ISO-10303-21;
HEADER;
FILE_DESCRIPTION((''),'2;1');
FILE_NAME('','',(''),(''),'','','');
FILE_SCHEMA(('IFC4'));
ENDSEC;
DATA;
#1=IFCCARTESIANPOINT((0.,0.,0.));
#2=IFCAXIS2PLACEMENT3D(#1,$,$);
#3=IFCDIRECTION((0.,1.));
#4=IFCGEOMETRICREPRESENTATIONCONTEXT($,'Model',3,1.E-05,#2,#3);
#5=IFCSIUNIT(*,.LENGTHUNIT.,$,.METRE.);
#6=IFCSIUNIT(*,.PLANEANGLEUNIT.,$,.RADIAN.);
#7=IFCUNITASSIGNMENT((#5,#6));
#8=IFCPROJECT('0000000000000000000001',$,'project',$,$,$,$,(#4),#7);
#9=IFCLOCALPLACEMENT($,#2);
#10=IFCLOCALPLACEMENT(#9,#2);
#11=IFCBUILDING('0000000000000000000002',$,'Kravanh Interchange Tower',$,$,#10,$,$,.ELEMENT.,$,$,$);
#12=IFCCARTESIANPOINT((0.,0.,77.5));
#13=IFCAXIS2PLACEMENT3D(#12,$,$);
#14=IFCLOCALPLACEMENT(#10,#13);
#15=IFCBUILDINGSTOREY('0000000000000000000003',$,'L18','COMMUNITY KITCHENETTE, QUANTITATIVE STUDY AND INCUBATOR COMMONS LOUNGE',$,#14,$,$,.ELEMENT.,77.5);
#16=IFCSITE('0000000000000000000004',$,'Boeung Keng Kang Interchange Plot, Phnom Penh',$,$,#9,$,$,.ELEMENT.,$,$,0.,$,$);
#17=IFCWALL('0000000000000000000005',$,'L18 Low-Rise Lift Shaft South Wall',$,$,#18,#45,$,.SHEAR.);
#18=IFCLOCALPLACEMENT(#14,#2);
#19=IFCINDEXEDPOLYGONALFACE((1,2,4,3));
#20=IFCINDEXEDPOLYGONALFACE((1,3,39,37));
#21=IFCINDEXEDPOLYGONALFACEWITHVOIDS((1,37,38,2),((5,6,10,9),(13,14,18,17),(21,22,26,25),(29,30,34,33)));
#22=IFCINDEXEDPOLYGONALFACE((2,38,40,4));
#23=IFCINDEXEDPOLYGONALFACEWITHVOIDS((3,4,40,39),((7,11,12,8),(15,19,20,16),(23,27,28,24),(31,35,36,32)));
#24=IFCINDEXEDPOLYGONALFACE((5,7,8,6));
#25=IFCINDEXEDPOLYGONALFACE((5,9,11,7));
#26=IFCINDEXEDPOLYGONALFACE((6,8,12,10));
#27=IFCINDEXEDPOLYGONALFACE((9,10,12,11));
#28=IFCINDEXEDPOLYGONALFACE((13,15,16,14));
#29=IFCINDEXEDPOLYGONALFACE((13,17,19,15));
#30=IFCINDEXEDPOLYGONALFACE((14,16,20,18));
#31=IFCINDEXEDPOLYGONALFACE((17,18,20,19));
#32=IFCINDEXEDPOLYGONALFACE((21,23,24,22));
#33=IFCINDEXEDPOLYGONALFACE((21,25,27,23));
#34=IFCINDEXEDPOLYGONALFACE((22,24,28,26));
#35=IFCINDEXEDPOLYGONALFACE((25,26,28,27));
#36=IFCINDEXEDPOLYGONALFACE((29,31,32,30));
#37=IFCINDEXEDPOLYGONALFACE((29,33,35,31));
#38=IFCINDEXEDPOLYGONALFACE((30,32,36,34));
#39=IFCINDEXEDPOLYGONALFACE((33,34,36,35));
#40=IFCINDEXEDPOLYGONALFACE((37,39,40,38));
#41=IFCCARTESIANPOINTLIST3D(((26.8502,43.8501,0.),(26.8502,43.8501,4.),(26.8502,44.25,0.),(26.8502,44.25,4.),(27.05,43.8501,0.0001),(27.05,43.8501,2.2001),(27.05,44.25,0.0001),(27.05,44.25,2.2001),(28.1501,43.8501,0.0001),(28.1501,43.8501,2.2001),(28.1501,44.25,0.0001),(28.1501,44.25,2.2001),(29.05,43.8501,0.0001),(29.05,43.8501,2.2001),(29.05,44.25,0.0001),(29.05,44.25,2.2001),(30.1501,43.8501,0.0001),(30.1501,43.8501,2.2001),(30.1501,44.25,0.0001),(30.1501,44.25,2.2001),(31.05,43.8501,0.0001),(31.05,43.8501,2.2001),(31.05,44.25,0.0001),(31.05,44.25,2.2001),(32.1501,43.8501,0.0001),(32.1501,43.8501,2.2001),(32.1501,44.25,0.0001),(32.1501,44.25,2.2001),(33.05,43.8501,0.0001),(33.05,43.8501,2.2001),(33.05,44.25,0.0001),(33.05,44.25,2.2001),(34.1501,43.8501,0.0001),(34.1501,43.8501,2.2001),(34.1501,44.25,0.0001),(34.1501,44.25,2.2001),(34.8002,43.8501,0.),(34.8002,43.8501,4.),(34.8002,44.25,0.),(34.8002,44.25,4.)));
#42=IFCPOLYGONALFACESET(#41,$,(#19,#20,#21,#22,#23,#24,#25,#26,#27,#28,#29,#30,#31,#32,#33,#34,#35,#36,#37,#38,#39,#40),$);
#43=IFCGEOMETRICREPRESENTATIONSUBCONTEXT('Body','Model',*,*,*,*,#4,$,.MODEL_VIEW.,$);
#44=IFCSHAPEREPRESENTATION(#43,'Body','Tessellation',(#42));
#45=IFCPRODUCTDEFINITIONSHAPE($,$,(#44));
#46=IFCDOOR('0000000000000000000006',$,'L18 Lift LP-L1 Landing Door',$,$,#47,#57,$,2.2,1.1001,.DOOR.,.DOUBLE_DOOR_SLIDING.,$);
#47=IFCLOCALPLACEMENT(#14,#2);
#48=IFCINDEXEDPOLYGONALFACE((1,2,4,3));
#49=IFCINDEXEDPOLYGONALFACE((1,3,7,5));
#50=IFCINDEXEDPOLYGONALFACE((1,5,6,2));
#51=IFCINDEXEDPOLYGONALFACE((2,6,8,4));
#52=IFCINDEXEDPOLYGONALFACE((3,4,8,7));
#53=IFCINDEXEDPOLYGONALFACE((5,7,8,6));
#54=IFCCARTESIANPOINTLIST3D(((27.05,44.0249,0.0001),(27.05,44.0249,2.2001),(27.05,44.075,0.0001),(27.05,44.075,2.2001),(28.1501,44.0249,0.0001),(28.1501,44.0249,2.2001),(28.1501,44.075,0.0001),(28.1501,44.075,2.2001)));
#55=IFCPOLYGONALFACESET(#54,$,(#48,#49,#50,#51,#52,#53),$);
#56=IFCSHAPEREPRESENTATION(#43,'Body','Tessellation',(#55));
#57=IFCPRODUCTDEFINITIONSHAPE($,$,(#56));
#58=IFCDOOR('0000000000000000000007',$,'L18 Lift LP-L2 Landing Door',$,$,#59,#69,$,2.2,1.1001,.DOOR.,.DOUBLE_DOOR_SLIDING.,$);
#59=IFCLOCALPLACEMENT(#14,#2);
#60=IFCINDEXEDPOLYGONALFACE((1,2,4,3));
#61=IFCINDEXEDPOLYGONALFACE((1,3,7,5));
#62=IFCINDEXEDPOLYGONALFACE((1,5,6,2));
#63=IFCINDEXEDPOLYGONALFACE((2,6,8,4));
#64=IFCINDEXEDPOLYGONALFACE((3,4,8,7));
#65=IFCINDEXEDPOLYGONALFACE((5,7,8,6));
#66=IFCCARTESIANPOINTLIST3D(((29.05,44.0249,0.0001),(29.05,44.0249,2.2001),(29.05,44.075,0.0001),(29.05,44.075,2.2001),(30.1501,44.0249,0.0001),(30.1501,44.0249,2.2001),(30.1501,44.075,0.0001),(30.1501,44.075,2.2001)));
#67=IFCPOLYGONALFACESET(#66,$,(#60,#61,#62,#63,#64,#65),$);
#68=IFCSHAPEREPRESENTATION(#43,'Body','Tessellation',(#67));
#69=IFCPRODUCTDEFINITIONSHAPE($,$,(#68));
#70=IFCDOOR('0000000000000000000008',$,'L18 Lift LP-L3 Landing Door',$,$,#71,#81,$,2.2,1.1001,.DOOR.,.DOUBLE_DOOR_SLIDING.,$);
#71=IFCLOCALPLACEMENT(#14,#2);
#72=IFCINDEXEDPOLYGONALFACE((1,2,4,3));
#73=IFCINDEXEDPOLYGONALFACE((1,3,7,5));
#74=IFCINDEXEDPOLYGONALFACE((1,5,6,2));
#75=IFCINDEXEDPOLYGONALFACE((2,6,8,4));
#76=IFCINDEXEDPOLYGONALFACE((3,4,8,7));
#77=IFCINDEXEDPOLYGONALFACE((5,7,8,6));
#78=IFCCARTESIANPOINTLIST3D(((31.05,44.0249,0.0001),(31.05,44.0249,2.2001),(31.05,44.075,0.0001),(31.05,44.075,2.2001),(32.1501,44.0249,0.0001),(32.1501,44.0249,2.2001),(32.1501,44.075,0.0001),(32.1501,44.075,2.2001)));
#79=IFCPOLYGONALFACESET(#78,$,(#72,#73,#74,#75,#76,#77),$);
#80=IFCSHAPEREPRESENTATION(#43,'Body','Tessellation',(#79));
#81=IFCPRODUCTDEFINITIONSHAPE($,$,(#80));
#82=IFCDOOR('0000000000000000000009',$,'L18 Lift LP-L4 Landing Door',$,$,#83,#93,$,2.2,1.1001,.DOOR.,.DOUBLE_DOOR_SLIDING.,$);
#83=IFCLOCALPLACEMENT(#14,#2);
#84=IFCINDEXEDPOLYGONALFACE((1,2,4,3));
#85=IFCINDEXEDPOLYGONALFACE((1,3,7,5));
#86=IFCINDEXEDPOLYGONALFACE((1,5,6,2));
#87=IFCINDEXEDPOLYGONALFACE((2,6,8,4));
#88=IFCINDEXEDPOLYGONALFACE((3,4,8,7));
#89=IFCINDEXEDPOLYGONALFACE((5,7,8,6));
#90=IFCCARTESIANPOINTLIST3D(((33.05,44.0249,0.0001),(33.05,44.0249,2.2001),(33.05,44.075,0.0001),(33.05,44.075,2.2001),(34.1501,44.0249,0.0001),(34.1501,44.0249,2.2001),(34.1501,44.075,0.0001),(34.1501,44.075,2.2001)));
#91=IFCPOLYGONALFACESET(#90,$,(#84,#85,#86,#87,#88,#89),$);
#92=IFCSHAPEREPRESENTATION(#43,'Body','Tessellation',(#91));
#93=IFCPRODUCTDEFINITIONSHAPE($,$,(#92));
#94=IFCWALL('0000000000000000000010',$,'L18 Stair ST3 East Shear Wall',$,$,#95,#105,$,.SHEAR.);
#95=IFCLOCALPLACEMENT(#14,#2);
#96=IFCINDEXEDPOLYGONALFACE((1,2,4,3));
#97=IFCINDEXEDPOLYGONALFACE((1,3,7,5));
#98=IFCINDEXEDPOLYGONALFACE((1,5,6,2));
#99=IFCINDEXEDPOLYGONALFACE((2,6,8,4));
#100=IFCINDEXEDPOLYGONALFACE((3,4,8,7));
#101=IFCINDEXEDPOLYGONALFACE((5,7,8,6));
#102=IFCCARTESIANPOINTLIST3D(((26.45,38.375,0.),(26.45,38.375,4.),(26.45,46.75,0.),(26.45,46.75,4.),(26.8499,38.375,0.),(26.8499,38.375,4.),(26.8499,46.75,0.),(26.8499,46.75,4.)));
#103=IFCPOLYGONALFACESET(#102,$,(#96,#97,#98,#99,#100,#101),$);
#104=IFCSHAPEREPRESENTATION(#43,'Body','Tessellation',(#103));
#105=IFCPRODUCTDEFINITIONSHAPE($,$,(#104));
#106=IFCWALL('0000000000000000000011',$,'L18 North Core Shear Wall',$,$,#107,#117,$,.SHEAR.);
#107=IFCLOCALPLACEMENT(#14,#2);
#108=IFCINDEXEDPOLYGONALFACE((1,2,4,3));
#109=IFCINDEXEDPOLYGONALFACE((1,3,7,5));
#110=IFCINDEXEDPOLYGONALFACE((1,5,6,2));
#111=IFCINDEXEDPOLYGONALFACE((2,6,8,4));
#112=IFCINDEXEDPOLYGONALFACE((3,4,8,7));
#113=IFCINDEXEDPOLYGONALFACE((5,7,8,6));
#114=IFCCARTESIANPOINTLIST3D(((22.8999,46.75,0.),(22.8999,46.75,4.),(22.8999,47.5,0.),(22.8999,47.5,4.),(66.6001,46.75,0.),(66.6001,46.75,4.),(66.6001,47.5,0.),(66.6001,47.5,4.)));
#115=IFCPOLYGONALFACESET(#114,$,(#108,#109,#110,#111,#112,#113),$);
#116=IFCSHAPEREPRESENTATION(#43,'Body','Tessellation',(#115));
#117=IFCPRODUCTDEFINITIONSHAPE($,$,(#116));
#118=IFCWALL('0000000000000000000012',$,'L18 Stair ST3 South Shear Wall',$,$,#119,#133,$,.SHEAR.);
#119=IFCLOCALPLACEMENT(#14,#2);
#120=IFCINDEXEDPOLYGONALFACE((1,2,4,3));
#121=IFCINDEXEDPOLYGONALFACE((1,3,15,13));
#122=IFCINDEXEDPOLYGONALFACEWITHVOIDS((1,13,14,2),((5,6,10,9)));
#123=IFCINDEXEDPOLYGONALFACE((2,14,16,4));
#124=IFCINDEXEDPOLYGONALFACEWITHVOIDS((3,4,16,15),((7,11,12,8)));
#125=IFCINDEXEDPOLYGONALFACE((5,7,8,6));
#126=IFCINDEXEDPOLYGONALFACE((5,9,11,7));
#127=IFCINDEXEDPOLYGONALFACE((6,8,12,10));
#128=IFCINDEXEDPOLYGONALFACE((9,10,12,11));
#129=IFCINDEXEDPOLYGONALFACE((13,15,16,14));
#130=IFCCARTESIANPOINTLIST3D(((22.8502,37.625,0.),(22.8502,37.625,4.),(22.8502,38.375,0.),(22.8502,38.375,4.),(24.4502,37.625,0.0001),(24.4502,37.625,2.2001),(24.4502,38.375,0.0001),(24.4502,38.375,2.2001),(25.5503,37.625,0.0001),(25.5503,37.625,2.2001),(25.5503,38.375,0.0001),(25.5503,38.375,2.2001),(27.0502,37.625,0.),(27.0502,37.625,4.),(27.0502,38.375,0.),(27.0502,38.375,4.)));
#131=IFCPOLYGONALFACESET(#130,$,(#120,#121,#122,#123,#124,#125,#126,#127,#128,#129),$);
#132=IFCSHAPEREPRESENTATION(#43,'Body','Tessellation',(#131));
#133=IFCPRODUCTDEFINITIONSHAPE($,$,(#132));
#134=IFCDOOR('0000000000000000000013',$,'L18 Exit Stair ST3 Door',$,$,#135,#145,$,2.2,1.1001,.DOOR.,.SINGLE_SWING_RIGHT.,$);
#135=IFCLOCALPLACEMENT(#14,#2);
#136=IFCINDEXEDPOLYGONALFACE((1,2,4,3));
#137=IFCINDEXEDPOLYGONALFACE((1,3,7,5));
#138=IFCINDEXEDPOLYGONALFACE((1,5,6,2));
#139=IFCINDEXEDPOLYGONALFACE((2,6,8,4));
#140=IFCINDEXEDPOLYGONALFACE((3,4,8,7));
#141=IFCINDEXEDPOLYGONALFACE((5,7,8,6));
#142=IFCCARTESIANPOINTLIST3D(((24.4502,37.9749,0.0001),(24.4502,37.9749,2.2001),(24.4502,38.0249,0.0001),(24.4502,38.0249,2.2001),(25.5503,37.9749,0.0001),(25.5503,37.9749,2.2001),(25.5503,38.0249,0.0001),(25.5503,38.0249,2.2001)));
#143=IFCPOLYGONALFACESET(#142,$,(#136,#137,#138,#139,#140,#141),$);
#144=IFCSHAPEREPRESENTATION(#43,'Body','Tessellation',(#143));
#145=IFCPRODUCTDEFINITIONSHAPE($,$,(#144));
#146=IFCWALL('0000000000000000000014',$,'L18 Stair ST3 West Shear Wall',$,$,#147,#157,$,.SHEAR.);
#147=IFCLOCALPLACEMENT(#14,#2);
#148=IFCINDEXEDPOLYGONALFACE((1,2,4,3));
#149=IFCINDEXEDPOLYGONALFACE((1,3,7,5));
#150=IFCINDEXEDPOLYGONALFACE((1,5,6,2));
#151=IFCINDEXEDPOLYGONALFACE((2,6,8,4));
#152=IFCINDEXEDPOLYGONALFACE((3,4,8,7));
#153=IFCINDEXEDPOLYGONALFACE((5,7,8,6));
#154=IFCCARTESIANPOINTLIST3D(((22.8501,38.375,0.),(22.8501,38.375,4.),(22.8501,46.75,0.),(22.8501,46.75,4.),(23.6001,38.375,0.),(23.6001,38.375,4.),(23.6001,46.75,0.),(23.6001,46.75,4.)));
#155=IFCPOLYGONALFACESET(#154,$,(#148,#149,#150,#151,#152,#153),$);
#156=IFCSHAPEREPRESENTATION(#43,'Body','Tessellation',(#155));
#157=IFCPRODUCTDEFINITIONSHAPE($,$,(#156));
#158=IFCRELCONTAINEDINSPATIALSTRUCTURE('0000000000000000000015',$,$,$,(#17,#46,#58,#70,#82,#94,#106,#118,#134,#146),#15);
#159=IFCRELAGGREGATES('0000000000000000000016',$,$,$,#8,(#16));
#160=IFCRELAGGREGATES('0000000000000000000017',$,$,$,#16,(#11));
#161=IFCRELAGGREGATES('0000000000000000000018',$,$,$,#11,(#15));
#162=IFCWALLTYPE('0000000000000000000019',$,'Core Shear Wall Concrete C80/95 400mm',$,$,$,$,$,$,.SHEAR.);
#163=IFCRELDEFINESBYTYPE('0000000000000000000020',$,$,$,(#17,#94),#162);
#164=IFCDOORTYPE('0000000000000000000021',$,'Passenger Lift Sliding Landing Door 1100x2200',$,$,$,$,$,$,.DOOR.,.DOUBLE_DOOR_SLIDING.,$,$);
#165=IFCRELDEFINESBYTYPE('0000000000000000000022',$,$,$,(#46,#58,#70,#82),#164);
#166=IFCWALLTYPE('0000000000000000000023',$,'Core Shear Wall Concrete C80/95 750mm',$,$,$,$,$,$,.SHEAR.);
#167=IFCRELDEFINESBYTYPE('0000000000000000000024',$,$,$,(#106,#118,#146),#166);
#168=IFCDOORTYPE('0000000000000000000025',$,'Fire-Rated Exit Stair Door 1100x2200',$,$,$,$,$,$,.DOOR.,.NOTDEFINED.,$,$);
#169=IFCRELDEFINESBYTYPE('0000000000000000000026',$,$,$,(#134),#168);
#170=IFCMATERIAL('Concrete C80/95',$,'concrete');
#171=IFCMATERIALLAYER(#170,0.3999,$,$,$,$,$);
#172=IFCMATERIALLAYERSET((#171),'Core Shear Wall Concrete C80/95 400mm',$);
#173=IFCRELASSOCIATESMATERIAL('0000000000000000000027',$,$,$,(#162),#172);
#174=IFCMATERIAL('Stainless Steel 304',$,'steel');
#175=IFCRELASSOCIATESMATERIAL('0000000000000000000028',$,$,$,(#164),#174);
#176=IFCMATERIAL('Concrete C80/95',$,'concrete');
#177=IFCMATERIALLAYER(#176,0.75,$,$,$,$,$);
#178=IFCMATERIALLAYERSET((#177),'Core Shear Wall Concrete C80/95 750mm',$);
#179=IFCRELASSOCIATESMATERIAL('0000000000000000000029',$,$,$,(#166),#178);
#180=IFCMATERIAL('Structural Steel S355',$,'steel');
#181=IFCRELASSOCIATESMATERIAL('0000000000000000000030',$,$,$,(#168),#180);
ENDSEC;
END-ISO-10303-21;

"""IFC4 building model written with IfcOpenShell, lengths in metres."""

from ifc_helpers import new_model, si_unit, direction, frame, frame_2d, origin, place, context, subcontext, project, spatial, rectangle, extrude, material, layer, layer_set, type_object, element, fill, save


model = new_model("IFC4")

# Units and contexts
model_context = context("Model", 3, precision=1e-05, world=origin(), true_north=direction((0.0, 1.0)))
body_context = subcontext(model_context, "Body", "Model", "MODEL_VIEW")
ifc_project = project(units=[si_unit("LENGTHUNIT", "METRE"), si_unit("PLANEANGLEUNIT", "RADIAN")], contexts=[model_context])

# Site, building, storey
site_placement = place(None, origin())
site = spatial("IfcSite", under=ifc_project, at=site_placement, Name="Boeung Keng Kang Interchange Plot, Phnom Penh", CompositionType="ELEMENT", RefElevation=0.0)
building_placement = place(site_placement, origin())
building = spatial("IfcBuilding", under=site, at=building_placement, Name="Kravanh Interchange Tower", CompositionType="ELEMENT")
storey_placement = place(building_placement, frame((0.0, 0.0, 77.5)))
storey = spatial("IfcBuildingStorey", under=building, at=storey_placement, Name="L18", Description="COMMUNITY KITCHENETTE, QUANTITATIVE STUDY AND INCUBATOR COMMONS LOUNGE", CompositionType="ELEMENT", Elevation=77.5)

# Wall, openings, doors
ifc_material_1 = material(Name="Concrete C80/95", Category="concrete")
ifc_layer_1 = layer(ifc_material_1, 0.3999)
ifc_layer_set_1 = layer_set([ifc_layer_1], Name="Core Shear Wall Concrete C80/95 400mm")
wall_type_1 = type_object("IfcWallType", Name="Core Shear Wall Concrete C80/95 400mm", PredefinedType="SHEAR", material=ifc_layer_set_1)
wall_1_placement = place(storey_placement, frame((26.8501, 44.05, 0.0), z_axis=(0.0, 0.0, 1.0), x_axis=(1.0, 0.0, 0.0)))
wall_1 = element("IfcWall", 1, at=wall_1_placement, inside=storey, type_object=wall_type_1, Name="L18 Low-Rise Lift Shaft South Wall", PredefinedType="SHEAR", context=body_context, shape_type="SweptSolid", body=[
    extrude(rectangle(XDim=7.95, YDim=0.3999, at=frame_2d((3.9751, 0.0))), origin(), (0.0, 0.0, 1.0), 4.0),
])
opening_1_placement = place(wall_1_placement, frame((0.2, 0.0, 0.0)))
opening_1 = element("IfcOpeningElement", 2, at=opening_1_placement, cuts=wall_1, PredefinedType="OPENING", context=body_context, shape_type="SweptSolid", body=[
    extrude(rectangle(XDim=1.1001, YDim=2.2, at=frame_2d((0.55, 1.1001))), frame((0.0, 0.21, 0.0), z_axis=(0.0, -1.0, 0.0), x_axis=(1.0, 0.0, 0.0)), (0.0, 0.0, 1.0), 0.4199),
])
opening_2_placement = place(wall_1_placement, frame((2.2, 0.0, 0.0)))
opening_2 = element("IfcOpeningElement", 3, at=opening_2_placement, cuts=wall_1, PredefinedType="OPENING", context=body_context, shape_type="SweptSolid", body=[
    extrude(rectangle(XDim=1.1001, YDim=2.2, at=frame_2d((0.55, 1.1001))), frame((0.0, 0.21, 0.0), z_axis=(0.0, -1.0, 0.0), x_axis=(1.0, 0.0, 0.0)), (0.0, 0.0, 1.0), 0.4199),
])
opening_3_placement = place(wall_1_placement, frame((4.2, 0.0, 0.0)))
opening_3 = element("IfcOpeningElement", 4, at=opening_3_placement, cuts=wall_1, PredefinedType="OPENING", context=body_context, shape_type="SweptSolid", body=[
    extrude(rectangle(XDim=1.1001, YDim=2.2, at=frame_2d((0.55, 1.1001))), frame((0.0, 0.21, 0.0), z_axis=(0.0, -1.0, 0.0), x_axis=(1.0, 0.0, 0.0)), (0.0, 0.0, 1.0), 0.4199),
])
opening_4_placement = place(wall_1_placement, frame((6.2, 0.0, 0.0)))
opening_4 = element("IfcOpeningElement", 5, at=opening_4_placement, cuts=wall_1, PredefinedType="OPENING", context=body_context, shape_type="SweptSolid", body=[
    extrude(rectangle(XDim=1.1001, YDim=2.2, at=frame_2d((0.55, 1.1001))), frame((0.0, 0.21, 0.0), z_axis=(0.0, -1.0, 0.0), x_axis=(1.0, 0.0, 0.0)), (0.0, 0.0, 1.0), 0.4199),
])
ifc_material_2 = material(Name="Stainless Steel 304", Category="steel")
door_type_1 = type_object("IfcDoorType", Name="Passenger Lift Sliding Landing Door 1100x2200", OperationType="DOUBLE_DOOR_SLIDING", PredefinedType="DOOR", material=ifc_material_2)
door_1_placement = place(opening_1_placement, origin())
door_1 = element("IfcDoor", 6, at=door_1_placement, inside=storey, type_object=door_type_1, Name="L18 Lift LP-L1 Landing Door", OperationType="DOUBLE_DOOR_SLIDING", OverallHeight=2.2, OverallWidth=1.1001, PredefinedType="DOOR", context=body_context, shape_type="SweptSolid", body=[
    extrude(rectangle(XDim=1.1001, YDim=2.2, at=frame_2d((0.55, 1.1001))), frame((0.0, 0.0249, 0.0), z_axis=(0.0, -1.0, 0.0), x_axis=(1.0, 0.0, 0.0)), (0.0, 0.0, 1.0), 0.05),
])
fill(opening_1, door_1)
door_2_placement = place(opening_2_placement, origin())
door_2 = element("IfcDoor", 7, at=door_2_placement, inside=storey, type_object=door_type_1, Name="L18 Lift LP-L2 Landing Door", OperationType="DOUBLE_DOOR_SLIDING", OverallHeight=2.2, OverallWidth=1.1001, PredefinedType="DOOR", context=body_context, shape_type="SweptSolid", body=[
    extrude(rectangle(XDim=1.1001, YDim=2.2, at=frame_2d((0.55, 1.1001))), frame((0.0, 0.0249, 0.0), z_axis=(0.0, -1.0, 0.0), x_axis=(1.0, 0.0, 0.0)), (0.0, 0.0, 1.0), 0.05),
])
fill(opening_2, door_2)
door_3_placement = place(opening_3_placement, origin())
door_3 = element("IfcDoor", 8, at=door_3_placement, inside=storey, type_object=door_type_1, Name="L18 Lift LP-L3 Landing Door", OperationType="DOUBLE_DOOR_SLIDING", OverallHeight=2.2, OverallWidth=1.1001, PredefinedType="DOOR", context=body_context, shape_type="SweptSolid", body=[
    extrude(rectangle(XDim=1.1001, YDim=2.2, at=frame_2d((0.55, 1.1001))), frame((0.0, 0.0249, 0.0), z_axis=(0.0, -1.0, 0.0), x_axis=(1.0, 0.0, 0.0)), (0.0, 0.0, 1.0), 0.05),
])
fill(opening_3, door_3)
door_4_placement = place(opening_4_placement, origin())
door_4 = element("IfcDoor", 9, at=door_4_placement, inside=storey, type_object=door_type_1, Name="L18 Lift LP-L4 Landing Door", OperationType="DOUBLE_DOOR_SLIDING", OverallHeight=2.2, OverallWidth=1.1001, PredefinedType="DOOR", context=body_context, shape_type="SweptSolid", body=[
    extrude(rectangle(XDim=1.1001, YDim=2.2, at=frame_2d((0.55, 1.1001))), frame((0.0, 0.0249, 0.0), z_axis=(0.0, -1.0, 0.0), x_axis=(1.0, 0.0, 0.0)), (0.0, 0.0, 1.0), 0.05),
])
fill(opening_4, door_4)

# Walls
wall_2_placement = place(storey_placement, frame((26.6499, 38.375, 0.0), z_axis=(0.0, 0.0, 1.0), x_axis=(0.0, 1.0, 0.0)))
element("IfcWall", 10, at=wall_2_placement, inside=storey, type_object=wall_type_1, Name="L18 Stair ST3 East Shear Wall", PredefinedType="SHEAR", context=body_context, shape_type="SweptSolid", body=[
    extrude(rectangle(XDim=8.375, YDim=0.3999, at=frame_2d((4.1875, 0.0))), origin(), (0.0, 0.0, 1.0), 4.0),
])
ifc_material_3 = material(Name="Concrete C80/95", Category="concrete")
ifc_layer_2 = layer(ifc_material_3, 0.75)
ifc_layer_set_2 = layer_set([ifc_layer_2], Name="Core Shear Wall Concrete C80/95 750mm")
wall_type_2 = type_object("IfcWallType", Name="Core Shear Wall Concrete C80/95 750mm", PredefinedType="SHEAR", material=ifc_layer_set_2)
wall_3_placement = place(storey_placement, frame((22.8999, 47.125, 0.0), z_axis=(0.0, 0.0, 1.0), x_axis=(1.0, 0.0, 0.0)))
element("IfcWall", 11, at=wall_3_placement, inside=storey, type_object=wall_type_2, Name="L18 North Core Shear Wall", PredefinedType="SHEAR", context=body_context, shape_type="SweptSolid", body=[
    extrude(rectangle(XDim=43.7002, YDim=0.75, at=frame_2d((21.8501, 0.0))), origin(), (0.0, 0.0, 1.0), 4.0),
])

# Wall, opening, door
wall_4_placement = place(storey_placement, frame((22.8501, 38.0, 0.0), z_axis=(0.0, 0.0, 1.0), x_axis=(1.0, 0.0, 0.0)))
wall_4 = element("IfcWall", 12, at=wall_4_placement, inside=storey, type_object=wall_type_2, Name="L18 Stair ST3 South Shear Wall", PredefinedType="SHEAR", context=body_context, shape_type="SweptSolid", body=[
    extrude(rectangle(XDim=4.2, YDim=0.75, at=frame_2d((2.1001, 0.0))), origin(), (0.0, 0.0, 1.0), 4.0),
])
opening_5_placement = place(wall_4_placement, frame((1.6001, 0.0, 0.0)))
opening_5 = element("IfcOpeningElement", 13, at=opening_5_placement, cuts=wall_4, PredefinedType="OPENING", context=body_context, shape_type="SweptSolid", body=[
    extrude(rectangle(XDim=1.1001, YDim=2.2, at=frame_2d((0.55, 1.1001))), frame((0.0, 0.385, 0.0), z_axis=(0.0, -1.0, 0.0), x_axis=(1.0, 0.0, 0.0)), (0.0, 0.0, 1.0), 0.77),
])
ifc_material_4 = material(Name="Structural Steel S355", Category="steel")
door_type_2 = type_object("IfcDoorType", Name="Fire-Rated Exit Stair Door 1100x2200", OperationType="NOTDEFINED", PredefinedType="DOOR", material=ifc_material_4)
door_5_placement = place(opening_5_placement, origin())
door_5 = element("IfcDoor", 14, at=door_5_placement, inside=storey, type_object=door_type_2, Name="L18 Exit Stair ST3 Door", OperationType="SINGLE_SWING_RIGHT", OverallHeight=2.2, OverallWidth=1.1001, PredefinedType="DOOR", context=body_context, shape_type="SweptSolid", body=[
    extrude(rectangle(XDim=1.1001, YDim=2.2, at=frame_2d((0.55, 1.1001))), frame((0.0, 0.0249, 0.0), z_axis=(0.0, -1.0, 0.0), x_axis=(1.0, 0.0, 0.0)), (0.0, 0.0, 1.0), 0.05),
])
fill(opening_5, door_5)

# Wall
wall_5_placement = place(storey_placement, frame((23.2251, 38.375, 0.0), z_axis=(0.0, 0.0, 1.0), x_axis=(0.0, 1.0, 0.0)))
element("IfcWall", 15, at=wall_5_placement, inside=storey, type_object=wall_type_2, Name="L18 Stair ST3 West Shear Wall", PredefinedType="SHEAR", context=body_context, shape_type="SweptSolid", body=[
    extrude(rectangle(XDim=8.375, YDim=0.75, at=frame_2d((4.1875, 0.0))), origin(), (0.0, 0.0, 1.0), 4.0),
])

save(model, "model.ifc")
